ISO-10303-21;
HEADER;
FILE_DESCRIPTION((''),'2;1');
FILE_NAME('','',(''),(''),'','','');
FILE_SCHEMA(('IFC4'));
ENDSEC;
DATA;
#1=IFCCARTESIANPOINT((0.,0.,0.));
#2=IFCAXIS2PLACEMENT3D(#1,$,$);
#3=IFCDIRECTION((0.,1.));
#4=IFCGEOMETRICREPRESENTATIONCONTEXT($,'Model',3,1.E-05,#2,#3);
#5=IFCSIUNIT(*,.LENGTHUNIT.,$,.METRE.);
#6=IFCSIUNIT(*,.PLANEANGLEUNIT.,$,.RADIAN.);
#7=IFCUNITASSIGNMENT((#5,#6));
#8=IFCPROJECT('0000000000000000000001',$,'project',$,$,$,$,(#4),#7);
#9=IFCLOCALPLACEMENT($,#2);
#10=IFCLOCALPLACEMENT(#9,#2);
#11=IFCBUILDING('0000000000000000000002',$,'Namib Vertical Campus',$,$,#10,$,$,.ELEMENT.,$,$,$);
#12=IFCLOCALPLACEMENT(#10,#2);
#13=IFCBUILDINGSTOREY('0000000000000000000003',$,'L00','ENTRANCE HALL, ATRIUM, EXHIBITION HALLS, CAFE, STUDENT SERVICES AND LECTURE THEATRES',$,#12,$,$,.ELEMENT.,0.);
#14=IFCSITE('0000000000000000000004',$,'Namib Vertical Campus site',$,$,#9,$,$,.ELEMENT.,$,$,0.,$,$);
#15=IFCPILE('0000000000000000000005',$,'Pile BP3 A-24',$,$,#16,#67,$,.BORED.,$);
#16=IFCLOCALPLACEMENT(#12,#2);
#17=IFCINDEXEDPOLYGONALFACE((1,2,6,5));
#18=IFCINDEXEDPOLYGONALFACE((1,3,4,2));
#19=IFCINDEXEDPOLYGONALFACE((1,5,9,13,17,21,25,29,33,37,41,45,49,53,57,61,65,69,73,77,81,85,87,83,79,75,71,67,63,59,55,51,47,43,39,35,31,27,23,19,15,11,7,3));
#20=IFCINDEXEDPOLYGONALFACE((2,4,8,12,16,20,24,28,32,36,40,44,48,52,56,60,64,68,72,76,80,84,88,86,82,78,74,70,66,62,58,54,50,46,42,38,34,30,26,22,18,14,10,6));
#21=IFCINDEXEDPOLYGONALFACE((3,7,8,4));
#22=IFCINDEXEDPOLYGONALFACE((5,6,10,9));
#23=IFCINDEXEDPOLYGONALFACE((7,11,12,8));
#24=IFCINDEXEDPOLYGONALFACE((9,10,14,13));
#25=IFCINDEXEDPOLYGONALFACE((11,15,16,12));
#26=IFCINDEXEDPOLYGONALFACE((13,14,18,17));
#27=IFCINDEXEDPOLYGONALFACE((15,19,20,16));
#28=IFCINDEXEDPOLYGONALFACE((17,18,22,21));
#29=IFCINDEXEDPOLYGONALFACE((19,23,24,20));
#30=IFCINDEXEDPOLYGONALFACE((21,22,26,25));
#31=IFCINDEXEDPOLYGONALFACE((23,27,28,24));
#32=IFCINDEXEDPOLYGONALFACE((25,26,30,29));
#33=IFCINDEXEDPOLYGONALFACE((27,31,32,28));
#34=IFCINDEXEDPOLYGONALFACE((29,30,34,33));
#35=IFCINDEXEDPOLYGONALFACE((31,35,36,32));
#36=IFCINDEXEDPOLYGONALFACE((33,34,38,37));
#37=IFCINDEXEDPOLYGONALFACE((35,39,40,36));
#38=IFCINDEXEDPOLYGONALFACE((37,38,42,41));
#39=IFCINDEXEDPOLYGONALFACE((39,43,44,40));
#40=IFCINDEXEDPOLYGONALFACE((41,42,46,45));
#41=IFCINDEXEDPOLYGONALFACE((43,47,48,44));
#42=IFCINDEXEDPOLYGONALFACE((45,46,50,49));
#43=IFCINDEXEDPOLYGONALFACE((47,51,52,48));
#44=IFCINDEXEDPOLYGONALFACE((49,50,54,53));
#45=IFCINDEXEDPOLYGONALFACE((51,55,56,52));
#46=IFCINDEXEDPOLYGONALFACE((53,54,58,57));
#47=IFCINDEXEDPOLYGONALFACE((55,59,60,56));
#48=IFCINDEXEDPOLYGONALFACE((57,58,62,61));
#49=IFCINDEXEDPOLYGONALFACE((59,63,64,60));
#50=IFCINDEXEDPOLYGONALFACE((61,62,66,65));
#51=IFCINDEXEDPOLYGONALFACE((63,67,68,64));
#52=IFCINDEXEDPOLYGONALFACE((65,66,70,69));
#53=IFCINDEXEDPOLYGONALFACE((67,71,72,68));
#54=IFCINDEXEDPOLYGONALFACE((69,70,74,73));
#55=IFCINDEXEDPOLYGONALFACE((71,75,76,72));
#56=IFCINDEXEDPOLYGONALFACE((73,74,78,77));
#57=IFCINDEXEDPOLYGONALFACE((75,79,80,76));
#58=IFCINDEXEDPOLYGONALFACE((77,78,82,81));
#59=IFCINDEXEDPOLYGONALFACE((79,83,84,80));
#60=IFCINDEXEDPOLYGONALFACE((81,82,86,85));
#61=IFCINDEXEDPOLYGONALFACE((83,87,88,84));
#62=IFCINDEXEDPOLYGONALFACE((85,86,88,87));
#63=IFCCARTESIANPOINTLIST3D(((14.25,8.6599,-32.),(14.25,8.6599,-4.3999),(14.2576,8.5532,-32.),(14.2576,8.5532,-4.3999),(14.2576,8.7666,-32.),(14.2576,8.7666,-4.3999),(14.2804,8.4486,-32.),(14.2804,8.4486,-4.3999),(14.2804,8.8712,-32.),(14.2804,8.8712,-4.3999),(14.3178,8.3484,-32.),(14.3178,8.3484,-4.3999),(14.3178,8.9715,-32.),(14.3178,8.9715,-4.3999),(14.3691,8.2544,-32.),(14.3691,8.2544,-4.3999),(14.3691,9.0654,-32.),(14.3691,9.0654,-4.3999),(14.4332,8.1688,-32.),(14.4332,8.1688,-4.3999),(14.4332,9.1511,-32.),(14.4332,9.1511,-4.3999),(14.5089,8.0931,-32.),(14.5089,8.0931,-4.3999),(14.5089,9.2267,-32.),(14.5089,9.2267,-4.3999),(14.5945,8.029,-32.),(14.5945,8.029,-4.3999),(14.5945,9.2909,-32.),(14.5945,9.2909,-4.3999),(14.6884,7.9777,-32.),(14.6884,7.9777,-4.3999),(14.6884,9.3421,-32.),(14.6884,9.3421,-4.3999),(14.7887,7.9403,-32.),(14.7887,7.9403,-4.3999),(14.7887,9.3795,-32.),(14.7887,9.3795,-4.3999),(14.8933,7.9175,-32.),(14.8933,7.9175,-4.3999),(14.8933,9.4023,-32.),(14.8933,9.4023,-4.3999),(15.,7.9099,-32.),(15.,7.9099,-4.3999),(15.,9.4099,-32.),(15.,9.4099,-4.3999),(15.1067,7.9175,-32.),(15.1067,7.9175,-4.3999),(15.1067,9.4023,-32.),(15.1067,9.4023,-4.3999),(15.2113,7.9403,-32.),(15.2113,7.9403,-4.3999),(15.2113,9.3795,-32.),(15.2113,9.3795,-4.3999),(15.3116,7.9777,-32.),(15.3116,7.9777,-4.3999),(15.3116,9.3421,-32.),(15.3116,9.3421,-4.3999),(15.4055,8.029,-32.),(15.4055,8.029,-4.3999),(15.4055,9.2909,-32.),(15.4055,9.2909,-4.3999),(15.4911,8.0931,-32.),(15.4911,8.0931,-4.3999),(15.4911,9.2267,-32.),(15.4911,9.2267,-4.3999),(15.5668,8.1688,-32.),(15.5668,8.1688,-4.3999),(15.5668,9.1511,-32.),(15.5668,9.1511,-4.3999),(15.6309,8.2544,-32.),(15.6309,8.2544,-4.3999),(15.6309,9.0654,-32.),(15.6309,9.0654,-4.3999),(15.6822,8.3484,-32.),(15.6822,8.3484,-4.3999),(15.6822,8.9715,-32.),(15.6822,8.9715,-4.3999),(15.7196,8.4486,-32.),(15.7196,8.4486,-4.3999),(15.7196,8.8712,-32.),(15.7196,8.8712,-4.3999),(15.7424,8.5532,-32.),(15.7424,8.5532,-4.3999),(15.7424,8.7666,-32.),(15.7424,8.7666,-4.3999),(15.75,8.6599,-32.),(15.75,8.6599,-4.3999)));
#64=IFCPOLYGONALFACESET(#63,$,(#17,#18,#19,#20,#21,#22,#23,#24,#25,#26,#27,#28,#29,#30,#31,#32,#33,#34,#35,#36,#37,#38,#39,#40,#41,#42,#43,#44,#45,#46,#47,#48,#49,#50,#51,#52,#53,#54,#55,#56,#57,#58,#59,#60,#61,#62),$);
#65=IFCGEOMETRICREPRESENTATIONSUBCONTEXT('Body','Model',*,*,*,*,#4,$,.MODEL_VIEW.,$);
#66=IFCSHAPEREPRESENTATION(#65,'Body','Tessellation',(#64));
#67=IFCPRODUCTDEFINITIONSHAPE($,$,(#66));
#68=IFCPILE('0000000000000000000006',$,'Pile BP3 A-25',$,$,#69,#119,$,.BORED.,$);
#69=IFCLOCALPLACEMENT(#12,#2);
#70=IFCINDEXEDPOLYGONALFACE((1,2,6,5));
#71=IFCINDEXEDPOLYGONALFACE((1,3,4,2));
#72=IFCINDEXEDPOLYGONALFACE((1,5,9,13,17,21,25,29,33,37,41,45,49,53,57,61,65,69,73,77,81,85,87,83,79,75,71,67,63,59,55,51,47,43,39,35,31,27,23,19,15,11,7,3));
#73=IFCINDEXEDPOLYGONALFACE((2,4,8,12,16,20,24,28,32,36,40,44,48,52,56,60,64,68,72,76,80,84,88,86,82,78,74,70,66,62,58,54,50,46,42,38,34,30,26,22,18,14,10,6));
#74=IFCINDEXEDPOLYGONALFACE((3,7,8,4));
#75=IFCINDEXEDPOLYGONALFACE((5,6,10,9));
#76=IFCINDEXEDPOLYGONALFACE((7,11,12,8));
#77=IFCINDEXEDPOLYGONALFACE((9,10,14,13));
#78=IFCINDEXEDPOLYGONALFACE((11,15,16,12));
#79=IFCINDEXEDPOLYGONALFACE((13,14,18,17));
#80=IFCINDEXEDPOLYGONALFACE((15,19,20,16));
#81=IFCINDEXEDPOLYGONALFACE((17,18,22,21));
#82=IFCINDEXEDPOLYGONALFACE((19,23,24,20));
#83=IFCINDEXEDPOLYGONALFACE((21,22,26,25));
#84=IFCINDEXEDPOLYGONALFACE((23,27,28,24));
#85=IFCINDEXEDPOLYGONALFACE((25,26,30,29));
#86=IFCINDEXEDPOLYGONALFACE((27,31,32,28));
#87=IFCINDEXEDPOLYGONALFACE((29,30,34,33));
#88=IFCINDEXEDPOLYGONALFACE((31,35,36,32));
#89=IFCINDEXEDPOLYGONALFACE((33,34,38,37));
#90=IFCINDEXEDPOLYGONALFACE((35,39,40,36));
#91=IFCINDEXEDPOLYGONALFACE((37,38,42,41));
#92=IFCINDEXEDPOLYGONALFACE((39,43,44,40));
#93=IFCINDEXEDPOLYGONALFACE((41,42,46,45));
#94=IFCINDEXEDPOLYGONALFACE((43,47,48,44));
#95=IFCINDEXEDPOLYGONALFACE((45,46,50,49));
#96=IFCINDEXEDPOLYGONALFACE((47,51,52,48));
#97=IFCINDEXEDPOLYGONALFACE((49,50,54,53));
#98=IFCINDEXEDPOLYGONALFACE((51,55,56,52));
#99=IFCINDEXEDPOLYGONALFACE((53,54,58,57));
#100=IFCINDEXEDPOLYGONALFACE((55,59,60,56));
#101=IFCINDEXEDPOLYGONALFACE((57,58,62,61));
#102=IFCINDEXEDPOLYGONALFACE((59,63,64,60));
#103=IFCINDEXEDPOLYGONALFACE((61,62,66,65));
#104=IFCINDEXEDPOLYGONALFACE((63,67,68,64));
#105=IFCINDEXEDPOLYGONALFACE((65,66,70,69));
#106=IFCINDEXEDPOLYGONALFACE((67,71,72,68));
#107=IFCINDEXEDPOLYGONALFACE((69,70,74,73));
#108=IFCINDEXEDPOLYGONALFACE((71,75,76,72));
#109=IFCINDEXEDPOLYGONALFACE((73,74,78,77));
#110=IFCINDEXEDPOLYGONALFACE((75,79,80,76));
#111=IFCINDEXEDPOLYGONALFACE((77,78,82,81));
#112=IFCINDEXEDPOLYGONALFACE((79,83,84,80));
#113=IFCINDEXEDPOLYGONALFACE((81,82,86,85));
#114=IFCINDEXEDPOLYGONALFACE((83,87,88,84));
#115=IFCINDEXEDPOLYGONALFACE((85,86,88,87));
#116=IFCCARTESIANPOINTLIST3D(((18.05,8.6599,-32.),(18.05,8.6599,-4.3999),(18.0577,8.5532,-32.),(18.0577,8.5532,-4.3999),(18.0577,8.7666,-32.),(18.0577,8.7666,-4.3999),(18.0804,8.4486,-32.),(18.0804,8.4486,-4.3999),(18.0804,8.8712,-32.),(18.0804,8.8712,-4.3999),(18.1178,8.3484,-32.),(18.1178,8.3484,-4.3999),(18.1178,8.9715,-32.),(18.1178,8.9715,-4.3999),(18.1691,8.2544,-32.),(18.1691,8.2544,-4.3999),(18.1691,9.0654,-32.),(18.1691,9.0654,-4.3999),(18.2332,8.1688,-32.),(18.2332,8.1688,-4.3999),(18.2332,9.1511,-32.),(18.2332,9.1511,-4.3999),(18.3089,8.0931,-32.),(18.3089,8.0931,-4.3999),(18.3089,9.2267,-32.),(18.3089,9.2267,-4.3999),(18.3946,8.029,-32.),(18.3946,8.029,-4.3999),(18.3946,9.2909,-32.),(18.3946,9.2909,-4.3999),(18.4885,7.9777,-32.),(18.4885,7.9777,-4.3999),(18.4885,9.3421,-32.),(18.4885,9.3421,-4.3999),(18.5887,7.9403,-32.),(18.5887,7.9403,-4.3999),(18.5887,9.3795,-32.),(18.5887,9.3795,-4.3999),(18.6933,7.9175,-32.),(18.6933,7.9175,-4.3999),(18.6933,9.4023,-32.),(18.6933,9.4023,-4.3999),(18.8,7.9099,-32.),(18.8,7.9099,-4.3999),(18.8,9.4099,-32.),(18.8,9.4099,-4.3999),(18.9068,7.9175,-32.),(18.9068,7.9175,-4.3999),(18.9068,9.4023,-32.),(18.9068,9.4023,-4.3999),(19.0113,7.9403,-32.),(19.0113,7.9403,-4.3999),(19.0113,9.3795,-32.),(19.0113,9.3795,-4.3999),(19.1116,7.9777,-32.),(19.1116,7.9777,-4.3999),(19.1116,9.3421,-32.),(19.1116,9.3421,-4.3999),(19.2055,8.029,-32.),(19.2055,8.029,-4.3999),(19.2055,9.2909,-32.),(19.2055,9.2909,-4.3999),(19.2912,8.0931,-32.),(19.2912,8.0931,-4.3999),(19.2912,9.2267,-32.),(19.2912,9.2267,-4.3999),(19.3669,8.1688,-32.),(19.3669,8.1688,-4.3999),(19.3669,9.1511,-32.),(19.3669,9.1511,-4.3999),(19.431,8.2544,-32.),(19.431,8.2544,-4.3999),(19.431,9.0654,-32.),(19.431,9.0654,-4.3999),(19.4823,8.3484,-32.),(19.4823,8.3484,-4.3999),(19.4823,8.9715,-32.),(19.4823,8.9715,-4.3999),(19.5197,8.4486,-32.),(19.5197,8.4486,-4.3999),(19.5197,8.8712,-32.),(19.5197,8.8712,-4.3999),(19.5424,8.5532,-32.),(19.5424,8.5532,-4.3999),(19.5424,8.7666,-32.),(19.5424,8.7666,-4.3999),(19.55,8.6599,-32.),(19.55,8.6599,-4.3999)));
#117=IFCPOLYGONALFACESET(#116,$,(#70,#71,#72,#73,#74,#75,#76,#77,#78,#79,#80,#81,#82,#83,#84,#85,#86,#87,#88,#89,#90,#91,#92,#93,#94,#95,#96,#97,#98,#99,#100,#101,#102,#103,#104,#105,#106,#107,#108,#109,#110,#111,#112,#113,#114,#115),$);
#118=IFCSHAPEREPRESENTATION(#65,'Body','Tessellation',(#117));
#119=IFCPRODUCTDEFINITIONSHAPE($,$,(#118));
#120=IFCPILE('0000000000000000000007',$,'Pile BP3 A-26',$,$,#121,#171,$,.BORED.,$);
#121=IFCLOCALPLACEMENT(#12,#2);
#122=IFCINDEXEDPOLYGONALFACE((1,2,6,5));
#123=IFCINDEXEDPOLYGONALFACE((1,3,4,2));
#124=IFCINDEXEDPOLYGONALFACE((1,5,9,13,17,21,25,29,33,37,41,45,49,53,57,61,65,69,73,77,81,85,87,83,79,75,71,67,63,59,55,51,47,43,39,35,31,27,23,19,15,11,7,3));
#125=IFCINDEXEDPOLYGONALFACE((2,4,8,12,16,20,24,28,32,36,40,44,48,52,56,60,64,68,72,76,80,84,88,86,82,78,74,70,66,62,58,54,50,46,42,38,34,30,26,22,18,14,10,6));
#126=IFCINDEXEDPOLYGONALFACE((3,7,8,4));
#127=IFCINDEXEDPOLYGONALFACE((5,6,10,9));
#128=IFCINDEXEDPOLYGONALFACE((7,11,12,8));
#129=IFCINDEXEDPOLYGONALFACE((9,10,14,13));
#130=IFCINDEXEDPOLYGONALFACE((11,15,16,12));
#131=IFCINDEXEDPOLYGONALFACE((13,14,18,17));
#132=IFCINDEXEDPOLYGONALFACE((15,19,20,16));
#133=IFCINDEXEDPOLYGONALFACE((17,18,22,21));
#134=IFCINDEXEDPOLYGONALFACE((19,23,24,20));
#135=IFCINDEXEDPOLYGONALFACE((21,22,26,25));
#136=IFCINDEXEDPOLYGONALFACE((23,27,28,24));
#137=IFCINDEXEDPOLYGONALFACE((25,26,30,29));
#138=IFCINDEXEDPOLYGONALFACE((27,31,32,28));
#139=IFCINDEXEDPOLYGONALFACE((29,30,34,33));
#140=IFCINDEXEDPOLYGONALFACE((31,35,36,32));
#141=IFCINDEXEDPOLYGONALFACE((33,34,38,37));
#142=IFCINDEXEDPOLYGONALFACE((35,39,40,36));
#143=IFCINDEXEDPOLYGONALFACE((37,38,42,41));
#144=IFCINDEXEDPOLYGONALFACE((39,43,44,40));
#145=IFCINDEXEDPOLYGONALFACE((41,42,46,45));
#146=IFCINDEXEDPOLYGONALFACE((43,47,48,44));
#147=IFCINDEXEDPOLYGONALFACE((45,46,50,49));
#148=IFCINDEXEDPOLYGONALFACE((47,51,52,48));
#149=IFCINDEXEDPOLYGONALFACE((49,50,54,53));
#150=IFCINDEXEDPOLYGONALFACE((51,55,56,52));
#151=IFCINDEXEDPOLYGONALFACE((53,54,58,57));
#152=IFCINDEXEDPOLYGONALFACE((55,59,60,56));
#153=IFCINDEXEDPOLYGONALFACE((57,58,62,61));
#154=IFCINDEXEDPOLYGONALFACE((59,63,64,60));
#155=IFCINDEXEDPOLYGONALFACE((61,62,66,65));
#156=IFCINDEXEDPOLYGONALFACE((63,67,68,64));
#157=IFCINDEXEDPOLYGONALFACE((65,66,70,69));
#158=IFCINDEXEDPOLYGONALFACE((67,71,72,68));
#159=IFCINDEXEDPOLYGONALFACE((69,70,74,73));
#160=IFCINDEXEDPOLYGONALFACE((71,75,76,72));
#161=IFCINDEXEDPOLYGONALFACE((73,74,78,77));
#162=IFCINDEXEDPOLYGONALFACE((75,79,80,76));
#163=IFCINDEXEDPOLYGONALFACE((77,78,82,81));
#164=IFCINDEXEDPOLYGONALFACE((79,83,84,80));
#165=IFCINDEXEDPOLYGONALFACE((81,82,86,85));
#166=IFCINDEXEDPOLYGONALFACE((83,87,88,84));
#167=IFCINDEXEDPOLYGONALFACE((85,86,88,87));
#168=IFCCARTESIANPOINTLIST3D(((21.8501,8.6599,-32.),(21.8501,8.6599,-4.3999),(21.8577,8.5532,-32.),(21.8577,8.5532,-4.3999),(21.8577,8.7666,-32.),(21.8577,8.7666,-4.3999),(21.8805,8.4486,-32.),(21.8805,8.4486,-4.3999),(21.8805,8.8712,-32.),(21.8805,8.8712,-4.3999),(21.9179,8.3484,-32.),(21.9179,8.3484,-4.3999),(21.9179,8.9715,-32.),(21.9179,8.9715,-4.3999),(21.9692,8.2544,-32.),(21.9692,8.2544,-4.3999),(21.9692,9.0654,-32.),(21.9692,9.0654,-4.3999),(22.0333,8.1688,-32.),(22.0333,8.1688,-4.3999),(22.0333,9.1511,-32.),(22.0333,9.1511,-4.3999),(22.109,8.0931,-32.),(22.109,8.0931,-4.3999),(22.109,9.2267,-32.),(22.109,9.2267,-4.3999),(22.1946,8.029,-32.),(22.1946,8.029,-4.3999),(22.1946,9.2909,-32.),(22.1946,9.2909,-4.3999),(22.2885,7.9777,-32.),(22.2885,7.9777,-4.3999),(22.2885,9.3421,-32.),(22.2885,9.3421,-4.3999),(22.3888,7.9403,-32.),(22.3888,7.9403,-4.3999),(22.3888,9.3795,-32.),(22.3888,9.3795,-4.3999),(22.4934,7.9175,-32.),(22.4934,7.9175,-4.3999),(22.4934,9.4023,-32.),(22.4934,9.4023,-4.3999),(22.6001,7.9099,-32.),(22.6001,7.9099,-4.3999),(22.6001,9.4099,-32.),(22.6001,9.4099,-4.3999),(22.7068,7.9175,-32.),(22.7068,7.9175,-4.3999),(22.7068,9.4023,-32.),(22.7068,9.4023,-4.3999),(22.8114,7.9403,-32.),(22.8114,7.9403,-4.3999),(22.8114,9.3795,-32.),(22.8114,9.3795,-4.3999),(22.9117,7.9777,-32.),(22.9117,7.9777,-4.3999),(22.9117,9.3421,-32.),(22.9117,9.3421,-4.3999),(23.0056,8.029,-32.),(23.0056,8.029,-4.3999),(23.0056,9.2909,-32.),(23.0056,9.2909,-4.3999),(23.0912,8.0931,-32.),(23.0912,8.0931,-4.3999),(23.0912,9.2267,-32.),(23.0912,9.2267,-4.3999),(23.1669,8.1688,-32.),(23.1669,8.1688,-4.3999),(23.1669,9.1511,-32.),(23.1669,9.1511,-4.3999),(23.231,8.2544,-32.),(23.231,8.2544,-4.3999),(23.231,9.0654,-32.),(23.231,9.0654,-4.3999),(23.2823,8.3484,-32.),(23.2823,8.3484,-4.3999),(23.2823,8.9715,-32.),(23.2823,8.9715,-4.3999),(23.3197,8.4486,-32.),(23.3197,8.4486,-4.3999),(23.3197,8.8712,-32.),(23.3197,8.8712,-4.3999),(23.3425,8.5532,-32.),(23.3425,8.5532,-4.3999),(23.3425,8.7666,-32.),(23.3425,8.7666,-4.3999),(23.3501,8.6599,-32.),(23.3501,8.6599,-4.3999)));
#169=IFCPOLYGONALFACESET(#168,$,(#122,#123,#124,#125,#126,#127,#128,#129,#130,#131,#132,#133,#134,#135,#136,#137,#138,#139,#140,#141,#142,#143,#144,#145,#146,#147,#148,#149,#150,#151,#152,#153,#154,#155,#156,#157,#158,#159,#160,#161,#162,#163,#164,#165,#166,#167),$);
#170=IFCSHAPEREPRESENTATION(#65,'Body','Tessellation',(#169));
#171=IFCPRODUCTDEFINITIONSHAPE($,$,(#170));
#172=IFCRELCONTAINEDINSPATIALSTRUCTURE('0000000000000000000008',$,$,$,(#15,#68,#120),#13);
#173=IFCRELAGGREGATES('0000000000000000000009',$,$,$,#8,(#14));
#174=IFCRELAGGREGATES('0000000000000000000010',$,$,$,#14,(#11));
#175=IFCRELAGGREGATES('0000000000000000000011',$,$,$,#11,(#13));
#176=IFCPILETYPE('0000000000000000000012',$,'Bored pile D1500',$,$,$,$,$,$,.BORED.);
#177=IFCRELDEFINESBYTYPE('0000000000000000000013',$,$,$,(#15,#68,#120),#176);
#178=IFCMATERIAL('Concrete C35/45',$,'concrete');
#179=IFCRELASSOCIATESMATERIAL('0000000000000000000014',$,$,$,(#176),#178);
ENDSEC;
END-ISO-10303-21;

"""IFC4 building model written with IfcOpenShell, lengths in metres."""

from ifc_helpers import new_model, si_unit, direction, frame, origin, origin_2d, place, context, subcontext, project, spatial, circle, extrude, material, material_profile, profile_set, type_object, element, save


model = new_model("IFC4")

# Units and contexts
model_context = context("Model", 3, precision=1e-05, world=origin(), true_north=direction((0.0, 1.0)))
body_context = subcontext(model_context, "Body", "Model", "MODEL_VIEW")
ifc_project = project(units=[si_unit("LENGTHUNIT", "METRE"), si_unit("PLANEANGLEUNIT", "RADIAN")], contexts=[model_context])

# Site, building, storey
site_placement = place(None, origin())
site = spatial("IfcSite", under=ifc_project, at=site_placement, Name="Namib Vertical Campus site", CompositionType="ELEMENT", RefElevation=0.0)
building_placement = place(site_placement, origin())
building = spatial("IfcBuilding", under=site, at=building_placement, Name="Namib Vertical Campus", CompositionType="ELEMENT")
storey_placement = place(building_placement, origin())
storey = spatial("IfcBuildingStorey", under=building, at=storey_placement, Name="L00", Description="ENTRANCE HALL, ATRIUM, EXHIBITION HALLS, CAFE, STUDENT SERVICES AND LECTURE THEATRES", CompositionType="ELEMENT", Elevation=0.0)

# Piles
ifc_material_1 = material(Name="Concrete C35/45", Category="concrete")
ifc_material_profile = material_profile(ifc_material_1, circle(Radius=0.75, at=origin_2d()))
ifc_profile_set = profile_set([ifc_material_profile], Name="Concrete C35/45")
pile_type = type_object("IfcPileType", Name="Bored pile D1500", PredefinedType="BORED", material=ifc_profile_set)
for number, where, z_axis, x_axis, name in (
    (1, (15.0, 8.6599, -4.3999), (0.0, 0.0, -1.0), (1.0, 0.0, 0.0), "Pile BP3 A-24"),
    (2, (18.8, 8.6599, -4.3999), (0.0, 0.0, -1.0), (1.0, 0.0, 0.0), "Pile BP3 A-25"),
    (3, (22.6001, 8.6599, -4.3999), (0.0, 0.0, -1.0), (1.0, 0.0, 0.0), "Pile BP3 A-26"),
):
    element("IfcPile", number, at=place(storey_placement, frame(where, z_axis=z_axis, x_axis=x_axis)), inside=storey, type_object=pile_type, Name=name, PredefinedType="BORED", context=body_context, shape_type="SweptSolid", body=[
        extrude(circle(Radius=0.75, at=origin_2d()), origin(), (0.0, 0.0, 1.0), 27.6001),
    ])

save(model, "model.ifc")
